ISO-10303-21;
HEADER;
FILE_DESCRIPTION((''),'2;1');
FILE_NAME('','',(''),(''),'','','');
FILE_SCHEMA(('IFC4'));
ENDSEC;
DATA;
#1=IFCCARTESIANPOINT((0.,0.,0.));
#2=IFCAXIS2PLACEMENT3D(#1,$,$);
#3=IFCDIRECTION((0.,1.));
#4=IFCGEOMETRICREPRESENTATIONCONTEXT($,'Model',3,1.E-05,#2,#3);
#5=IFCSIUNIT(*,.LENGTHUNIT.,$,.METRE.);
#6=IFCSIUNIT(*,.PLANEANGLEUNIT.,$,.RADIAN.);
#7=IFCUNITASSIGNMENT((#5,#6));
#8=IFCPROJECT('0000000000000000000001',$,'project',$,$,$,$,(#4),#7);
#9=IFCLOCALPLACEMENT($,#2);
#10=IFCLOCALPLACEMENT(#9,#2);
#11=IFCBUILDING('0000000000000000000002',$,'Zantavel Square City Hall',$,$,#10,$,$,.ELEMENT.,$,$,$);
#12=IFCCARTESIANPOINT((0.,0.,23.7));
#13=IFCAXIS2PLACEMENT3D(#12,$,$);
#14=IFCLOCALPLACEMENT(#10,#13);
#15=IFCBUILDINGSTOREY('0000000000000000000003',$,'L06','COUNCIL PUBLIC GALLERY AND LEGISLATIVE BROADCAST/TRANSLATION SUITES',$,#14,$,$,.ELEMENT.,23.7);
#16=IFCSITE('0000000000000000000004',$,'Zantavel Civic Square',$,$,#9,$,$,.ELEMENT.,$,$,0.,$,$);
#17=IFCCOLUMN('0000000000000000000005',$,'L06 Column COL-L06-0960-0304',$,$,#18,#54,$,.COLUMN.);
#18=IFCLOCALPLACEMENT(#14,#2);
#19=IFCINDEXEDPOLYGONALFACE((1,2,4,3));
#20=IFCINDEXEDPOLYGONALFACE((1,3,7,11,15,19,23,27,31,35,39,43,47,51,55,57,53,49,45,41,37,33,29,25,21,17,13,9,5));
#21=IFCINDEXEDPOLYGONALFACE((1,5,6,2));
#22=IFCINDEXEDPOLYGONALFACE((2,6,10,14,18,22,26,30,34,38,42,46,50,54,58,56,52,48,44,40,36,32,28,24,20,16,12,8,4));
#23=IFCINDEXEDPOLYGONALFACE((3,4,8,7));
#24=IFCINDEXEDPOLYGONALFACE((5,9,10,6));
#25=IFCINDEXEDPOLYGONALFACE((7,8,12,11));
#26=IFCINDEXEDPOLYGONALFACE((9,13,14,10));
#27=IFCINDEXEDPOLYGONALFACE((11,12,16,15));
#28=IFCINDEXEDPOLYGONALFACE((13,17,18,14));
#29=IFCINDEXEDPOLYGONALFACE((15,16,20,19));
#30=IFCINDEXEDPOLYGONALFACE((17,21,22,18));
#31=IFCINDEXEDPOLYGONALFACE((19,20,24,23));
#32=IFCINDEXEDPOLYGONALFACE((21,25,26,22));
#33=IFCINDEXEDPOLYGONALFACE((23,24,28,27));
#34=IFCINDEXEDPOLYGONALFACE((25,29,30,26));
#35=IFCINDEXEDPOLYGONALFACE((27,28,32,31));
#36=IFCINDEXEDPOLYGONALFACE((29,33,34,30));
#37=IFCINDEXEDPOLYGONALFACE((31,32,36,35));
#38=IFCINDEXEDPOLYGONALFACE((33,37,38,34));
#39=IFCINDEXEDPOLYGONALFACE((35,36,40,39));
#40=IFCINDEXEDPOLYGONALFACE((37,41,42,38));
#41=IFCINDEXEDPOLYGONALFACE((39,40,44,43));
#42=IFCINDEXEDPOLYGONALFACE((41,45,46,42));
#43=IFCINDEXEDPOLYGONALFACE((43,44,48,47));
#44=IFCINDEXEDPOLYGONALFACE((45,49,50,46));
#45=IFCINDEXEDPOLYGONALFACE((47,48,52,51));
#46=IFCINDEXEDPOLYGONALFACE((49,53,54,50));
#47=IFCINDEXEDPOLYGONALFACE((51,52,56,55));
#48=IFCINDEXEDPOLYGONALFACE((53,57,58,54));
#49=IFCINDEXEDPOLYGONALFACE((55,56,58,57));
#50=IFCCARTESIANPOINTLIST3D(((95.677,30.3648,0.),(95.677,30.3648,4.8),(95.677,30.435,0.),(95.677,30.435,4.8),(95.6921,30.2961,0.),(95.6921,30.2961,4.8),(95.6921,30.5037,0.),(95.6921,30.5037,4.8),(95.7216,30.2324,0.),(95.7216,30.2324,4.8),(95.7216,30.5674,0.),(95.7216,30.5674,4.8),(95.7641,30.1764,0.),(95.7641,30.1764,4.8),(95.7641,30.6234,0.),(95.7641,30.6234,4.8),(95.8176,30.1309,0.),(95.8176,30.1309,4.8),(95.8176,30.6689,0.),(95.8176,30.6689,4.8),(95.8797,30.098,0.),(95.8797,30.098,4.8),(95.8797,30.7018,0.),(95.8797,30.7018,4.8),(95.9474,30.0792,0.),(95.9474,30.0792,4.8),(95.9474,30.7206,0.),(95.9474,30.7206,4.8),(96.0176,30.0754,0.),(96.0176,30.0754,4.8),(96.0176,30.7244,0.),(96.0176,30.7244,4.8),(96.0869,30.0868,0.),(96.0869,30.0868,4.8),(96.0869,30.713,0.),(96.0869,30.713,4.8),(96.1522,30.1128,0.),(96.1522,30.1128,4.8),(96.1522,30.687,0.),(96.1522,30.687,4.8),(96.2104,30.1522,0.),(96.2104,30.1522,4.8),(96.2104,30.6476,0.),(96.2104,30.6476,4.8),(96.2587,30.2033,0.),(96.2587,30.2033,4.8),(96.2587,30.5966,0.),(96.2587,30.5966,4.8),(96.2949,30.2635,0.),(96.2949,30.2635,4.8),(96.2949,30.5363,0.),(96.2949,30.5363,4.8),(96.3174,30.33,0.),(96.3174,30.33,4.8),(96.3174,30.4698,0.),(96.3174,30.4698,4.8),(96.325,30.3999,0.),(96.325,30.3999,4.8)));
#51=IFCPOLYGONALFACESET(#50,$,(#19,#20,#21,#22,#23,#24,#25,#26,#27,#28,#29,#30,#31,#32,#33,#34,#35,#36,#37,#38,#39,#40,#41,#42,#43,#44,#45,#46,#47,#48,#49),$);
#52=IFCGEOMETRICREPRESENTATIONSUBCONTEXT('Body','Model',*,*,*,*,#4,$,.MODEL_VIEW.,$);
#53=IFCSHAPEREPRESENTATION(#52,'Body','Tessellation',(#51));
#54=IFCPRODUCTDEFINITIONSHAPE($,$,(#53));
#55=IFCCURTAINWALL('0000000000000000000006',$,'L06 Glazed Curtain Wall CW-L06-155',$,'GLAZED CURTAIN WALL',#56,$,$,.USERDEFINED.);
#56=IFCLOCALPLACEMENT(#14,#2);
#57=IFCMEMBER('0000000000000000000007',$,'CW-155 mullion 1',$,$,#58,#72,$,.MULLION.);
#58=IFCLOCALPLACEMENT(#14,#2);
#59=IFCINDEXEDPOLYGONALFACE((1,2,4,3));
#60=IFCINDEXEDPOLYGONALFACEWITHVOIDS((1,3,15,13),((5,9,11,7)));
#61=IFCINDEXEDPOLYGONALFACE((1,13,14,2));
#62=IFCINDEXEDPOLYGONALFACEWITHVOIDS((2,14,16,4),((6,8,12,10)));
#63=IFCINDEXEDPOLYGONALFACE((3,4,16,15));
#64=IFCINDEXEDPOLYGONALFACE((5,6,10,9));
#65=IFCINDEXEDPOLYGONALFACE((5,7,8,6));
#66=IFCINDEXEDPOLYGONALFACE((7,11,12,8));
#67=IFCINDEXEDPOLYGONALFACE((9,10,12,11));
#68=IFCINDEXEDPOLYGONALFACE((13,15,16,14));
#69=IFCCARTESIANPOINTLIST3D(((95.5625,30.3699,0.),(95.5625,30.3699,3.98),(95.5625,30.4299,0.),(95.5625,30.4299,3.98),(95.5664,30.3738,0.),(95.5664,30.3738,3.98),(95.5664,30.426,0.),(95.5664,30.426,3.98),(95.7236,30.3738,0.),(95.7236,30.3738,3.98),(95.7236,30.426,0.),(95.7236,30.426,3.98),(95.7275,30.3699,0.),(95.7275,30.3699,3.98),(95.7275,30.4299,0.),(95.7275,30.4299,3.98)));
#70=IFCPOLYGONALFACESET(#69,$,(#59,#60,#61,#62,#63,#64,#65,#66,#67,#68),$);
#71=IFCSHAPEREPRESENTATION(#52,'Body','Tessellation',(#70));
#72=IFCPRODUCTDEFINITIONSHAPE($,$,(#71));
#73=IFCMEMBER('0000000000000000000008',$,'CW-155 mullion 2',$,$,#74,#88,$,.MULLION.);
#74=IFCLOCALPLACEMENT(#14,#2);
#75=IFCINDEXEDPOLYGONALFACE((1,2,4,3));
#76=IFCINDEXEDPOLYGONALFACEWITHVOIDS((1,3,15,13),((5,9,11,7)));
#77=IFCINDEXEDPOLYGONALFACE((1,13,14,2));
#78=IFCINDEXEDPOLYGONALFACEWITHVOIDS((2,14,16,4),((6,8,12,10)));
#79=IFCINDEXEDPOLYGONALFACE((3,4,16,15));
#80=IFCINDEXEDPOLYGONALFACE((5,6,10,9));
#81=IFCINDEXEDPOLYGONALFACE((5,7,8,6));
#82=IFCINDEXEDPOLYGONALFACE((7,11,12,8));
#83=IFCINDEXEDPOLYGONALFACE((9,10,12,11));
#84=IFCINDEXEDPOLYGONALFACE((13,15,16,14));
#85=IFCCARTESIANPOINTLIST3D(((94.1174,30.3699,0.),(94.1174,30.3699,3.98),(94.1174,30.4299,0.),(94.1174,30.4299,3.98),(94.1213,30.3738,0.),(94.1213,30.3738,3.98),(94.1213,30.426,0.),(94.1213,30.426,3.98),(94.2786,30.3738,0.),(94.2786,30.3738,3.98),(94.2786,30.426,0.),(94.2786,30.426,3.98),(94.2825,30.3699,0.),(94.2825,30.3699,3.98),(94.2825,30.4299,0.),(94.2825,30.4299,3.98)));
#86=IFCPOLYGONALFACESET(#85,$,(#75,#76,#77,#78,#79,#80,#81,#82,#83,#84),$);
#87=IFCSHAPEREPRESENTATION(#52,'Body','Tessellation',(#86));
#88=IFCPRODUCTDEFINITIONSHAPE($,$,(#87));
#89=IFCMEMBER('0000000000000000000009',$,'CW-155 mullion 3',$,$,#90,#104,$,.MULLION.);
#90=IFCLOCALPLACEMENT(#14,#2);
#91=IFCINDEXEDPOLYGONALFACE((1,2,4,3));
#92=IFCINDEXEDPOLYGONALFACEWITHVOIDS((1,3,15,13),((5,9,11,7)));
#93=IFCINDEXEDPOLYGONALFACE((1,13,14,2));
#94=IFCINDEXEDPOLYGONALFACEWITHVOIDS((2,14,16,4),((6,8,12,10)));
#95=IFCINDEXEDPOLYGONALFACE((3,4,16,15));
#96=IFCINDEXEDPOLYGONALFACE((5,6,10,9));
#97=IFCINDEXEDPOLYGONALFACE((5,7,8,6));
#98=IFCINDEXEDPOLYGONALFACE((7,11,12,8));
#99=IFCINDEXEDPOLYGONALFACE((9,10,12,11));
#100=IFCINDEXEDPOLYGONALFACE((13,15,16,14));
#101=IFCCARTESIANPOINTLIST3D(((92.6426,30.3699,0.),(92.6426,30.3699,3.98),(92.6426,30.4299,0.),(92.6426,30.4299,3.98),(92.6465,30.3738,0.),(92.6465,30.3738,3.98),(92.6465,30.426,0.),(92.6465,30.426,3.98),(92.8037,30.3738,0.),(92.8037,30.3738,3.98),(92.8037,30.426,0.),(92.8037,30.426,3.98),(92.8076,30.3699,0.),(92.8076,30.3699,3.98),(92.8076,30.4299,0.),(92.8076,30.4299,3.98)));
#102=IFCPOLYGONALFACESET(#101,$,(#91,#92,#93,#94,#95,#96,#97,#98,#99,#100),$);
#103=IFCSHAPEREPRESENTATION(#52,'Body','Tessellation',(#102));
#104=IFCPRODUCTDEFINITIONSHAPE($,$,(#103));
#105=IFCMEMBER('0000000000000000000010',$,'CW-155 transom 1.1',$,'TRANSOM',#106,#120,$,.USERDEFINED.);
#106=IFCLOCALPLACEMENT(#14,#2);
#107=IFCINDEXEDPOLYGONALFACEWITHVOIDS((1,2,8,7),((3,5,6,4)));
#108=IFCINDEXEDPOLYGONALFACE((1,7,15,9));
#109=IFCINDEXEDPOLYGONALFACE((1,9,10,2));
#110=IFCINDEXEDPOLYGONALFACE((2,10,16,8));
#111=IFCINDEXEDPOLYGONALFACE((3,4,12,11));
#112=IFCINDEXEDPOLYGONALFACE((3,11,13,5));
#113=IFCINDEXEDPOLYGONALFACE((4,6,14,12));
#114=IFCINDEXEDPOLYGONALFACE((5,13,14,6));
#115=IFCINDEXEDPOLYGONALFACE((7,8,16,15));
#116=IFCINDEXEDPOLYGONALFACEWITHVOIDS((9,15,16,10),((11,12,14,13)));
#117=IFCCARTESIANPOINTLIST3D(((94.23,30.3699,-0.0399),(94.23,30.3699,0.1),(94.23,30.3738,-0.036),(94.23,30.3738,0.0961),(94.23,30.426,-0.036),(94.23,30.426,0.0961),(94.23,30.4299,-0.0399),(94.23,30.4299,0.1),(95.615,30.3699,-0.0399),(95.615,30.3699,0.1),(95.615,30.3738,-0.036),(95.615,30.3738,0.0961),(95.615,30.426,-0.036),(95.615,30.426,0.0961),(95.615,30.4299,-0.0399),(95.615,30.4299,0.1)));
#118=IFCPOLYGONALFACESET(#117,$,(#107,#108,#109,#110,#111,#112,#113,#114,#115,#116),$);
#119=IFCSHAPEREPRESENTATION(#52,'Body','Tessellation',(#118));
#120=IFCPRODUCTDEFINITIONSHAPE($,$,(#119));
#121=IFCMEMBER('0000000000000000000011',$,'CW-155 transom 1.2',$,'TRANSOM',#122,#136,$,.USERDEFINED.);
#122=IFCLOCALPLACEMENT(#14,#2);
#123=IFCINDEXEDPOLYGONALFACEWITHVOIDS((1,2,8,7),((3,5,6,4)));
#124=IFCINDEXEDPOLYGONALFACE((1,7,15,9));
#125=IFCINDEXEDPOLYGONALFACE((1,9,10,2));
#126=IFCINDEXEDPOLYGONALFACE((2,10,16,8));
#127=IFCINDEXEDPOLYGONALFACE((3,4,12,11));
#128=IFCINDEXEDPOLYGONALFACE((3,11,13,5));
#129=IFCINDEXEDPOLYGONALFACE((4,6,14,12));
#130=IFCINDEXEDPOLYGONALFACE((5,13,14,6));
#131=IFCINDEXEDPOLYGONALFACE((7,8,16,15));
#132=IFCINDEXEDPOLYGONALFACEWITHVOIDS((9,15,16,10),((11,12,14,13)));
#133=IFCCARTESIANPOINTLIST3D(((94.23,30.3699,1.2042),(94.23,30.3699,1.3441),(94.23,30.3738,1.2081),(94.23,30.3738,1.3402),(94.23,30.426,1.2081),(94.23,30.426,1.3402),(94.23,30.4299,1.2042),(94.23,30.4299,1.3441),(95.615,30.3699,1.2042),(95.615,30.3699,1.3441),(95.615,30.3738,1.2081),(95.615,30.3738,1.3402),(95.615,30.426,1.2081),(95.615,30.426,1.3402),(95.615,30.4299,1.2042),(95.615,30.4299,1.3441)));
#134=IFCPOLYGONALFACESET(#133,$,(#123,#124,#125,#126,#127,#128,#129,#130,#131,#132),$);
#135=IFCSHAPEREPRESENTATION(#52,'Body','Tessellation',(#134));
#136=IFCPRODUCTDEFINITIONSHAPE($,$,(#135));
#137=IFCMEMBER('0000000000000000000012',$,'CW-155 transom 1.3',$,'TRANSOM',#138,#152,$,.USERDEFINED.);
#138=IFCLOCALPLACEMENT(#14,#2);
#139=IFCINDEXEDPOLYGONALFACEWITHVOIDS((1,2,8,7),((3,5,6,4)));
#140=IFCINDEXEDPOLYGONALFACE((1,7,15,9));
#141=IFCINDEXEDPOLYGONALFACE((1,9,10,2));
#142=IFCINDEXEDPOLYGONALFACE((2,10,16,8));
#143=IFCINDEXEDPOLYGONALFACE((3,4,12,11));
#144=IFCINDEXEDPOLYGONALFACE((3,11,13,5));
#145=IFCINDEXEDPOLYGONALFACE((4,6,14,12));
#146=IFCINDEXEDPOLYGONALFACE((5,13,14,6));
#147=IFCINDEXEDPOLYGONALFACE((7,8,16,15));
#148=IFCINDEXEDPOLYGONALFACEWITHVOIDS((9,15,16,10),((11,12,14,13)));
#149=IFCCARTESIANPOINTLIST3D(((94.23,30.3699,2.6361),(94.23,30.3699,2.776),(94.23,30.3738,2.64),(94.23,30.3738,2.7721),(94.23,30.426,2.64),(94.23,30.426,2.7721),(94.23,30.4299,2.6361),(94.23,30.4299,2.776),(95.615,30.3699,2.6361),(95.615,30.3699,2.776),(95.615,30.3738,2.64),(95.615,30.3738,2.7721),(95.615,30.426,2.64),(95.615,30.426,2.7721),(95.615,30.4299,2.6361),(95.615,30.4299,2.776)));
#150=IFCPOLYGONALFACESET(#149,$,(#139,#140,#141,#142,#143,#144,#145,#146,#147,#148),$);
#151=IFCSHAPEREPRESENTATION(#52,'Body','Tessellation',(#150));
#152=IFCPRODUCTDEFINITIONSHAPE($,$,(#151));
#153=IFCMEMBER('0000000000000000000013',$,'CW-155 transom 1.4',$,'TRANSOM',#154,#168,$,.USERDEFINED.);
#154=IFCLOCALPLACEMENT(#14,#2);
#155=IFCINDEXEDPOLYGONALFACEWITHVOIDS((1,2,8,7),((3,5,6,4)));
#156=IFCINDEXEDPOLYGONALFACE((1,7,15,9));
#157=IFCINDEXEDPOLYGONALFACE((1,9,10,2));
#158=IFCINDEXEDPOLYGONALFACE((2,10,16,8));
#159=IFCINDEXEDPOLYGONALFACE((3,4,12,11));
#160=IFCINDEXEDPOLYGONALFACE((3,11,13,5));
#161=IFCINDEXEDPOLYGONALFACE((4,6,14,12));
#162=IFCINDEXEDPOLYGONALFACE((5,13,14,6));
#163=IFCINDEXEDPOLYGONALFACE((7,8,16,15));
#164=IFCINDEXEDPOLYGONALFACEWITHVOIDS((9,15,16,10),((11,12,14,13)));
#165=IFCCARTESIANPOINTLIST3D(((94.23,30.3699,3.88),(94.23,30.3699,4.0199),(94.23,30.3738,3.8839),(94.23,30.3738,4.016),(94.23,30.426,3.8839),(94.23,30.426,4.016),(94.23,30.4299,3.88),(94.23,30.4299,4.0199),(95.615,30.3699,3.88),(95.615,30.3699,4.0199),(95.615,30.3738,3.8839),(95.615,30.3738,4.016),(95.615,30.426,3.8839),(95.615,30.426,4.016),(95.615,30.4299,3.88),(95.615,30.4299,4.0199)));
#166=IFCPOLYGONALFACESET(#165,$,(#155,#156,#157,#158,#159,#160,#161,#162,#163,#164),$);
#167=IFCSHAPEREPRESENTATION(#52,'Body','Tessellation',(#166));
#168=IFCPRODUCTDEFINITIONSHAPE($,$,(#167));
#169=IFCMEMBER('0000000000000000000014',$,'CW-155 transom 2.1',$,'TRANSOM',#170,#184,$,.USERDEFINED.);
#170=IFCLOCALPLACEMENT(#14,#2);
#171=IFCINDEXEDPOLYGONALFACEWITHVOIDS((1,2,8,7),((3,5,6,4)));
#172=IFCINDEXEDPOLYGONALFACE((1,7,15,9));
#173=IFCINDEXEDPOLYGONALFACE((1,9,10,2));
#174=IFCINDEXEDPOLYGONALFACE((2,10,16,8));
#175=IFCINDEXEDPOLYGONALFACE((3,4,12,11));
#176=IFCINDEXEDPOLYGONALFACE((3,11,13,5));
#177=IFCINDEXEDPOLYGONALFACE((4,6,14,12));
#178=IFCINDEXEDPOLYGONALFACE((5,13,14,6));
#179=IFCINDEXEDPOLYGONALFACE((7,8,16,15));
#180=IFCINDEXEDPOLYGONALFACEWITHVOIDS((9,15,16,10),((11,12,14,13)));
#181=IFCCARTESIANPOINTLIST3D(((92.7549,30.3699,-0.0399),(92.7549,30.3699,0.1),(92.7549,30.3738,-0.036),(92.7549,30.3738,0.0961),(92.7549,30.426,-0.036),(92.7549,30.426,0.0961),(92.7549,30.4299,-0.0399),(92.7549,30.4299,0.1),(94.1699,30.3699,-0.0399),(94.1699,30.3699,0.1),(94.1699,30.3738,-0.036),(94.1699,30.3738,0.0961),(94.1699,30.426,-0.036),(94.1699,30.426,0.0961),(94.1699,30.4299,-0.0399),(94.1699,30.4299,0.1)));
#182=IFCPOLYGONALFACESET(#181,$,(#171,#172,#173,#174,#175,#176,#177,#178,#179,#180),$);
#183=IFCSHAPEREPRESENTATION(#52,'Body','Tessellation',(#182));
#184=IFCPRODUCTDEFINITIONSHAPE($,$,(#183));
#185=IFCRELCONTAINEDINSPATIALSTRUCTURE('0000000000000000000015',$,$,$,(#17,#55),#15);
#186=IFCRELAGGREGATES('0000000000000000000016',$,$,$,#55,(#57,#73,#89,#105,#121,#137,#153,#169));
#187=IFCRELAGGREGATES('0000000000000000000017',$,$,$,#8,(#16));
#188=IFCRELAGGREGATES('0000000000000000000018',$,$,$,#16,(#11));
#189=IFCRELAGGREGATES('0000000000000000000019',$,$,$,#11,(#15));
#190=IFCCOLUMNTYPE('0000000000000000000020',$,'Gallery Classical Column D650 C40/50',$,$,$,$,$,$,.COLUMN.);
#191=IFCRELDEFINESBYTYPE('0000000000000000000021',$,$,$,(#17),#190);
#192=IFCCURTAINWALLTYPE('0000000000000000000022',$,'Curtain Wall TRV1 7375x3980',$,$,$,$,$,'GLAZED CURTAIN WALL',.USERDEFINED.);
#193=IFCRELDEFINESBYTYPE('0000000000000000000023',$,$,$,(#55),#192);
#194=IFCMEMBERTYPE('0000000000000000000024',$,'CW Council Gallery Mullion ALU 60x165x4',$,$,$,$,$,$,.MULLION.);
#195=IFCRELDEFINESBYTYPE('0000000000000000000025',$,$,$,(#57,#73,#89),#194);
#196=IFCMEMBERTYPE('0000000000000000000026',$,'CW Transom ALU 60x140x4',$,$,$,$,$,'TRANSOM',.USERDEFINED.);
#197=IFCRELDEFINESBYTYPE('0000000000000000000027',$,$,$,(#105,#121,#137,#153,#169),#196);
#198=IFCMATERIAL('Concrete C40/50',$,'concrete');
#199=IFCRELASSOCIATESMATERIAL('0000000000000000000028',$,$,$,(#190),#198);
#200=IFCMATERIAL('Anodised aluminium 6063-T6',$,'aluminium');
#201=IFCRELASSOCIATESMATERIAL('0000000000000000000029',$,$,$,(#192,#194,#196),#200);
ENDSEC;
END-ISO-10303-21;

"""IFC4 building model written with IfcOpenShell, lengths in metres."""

from ifc_helpers import new_model, si_unit, direction, frame, origin, origin_2d, place, context, subcontext, project, spatial, hollow_rectangle, circle, extrude, material, material_profile, profile_set, type_object, element, aggregate, save


model = new_model("IFC4")

# Units and contexts
model_context = context("Model", 3, precision=1e-05, world=origin(), true_north=direction((0.0, 1.0)))
body_context = subcontext(model_context, "Body", "Model", "MODEL_VIEW")
ifc_project = project(units=[si_unit("LENGTHUNIT", "METRE"), si_unit("PLANEANGLEUNIT", "RADIAN")], contexts=[model_context])

# Site, building, storey
site_placement = place(None, origin())
site = spatial("IfcSite", under=ifc_project, at=site_placement, Name="Zantavel Civic Square", CompositionType="ELEMENT", RefElevation=0.0)
building_placement = place(site_placement, origin())
building = spatial("IfcBuilding", under=site, at=building_placement, Name="Zantavel Square City Hall", CompositionType="ELEMENT")
storey_placement = place(building_placement, frame((0.0, 0.0, 23.7)))
storey = spatial("IfcBuildingStorey", under=building, at=storey_placement, Name="L06", Description="COUNCIL PUBLIC GALLERY AND LEGISLATIVE BROADCAST/TRANSLATION SUITES", CompositionType="ELEMENT", Elevation=23.7)

# Column
ifc_material_1 = material(Name="Concrete C40/50", Category="concrete")
ifc_material_profile_1 = material_profile(ifc_material_1, circle(Radius=0.325, at=origin_2d()), Name="ROUND D650")
ifc_profile_set_1 = profile_set([ifc_material_profile_1], Name="Concrete C40/50")
column_type = type_object("IfcColumnType", Name="Gallery Classical Column D650 C40/50", PredefinedType="COLUMN", material=ifc_profile_set_1)
column_placement = place(storey_placement, frame((96.0, 30.3999, 0.0), z_axis=(0.0, 0.0, 1.0), x_axis=(1.0, 0.0, 0.0)))
element("IfcColumn", 1, at=column_placement, inside=storey, type_object=column_type, Name="L06 Column COL-L06-0960-0304", PredefinedType="COLUMN", context=body_context, shape_type="SweptSolid", body=[
    extrude(circle(Radius=0.325, at=origin_2d()), origin(), (0.0, 0.0, 1.0), 4.8),
])

# Curtain wall, members
ifc_material_2 = material(Name="Anodised aluminium 6063-T6", Category="aluminium")
curtain_wall_type = type_object("IfcCurtainWallType", Name="Curtain Wall TRV1 7375x3980", ElementType="GLAZED CURTAIN WALL", PredefinedType="USERDEFINED", material=ifc_material_2)
curtain_wall_placement = place(storey_placement, origin())
curtain_wall = element("IfcCurtainWall", 2, at=curtain_wall_placement, inside=storey, type_object=curtain_wall_type, Name="L06 Glazed Curtain Wall CW-L06-155", ObjectType="GLAZED CURTAIN WALL", PredefinedType="USERDEFINED")
ifc_material_profile_2 = material_profile(ifc_material_2, hollow_rectangle(XDim=0.0601, YDim=0.165, WallThickness=0.0039, at=origin_2d()), Name="ALU 60x165x4")
ifc_profile_set_2 = profile_set([ifc_material_profile_2], Name="Anodised aluminium 6063-T6")
member_type_1 = type_object("IfcMemberType", Name="CW Council Gallery Mullion ALU 60x165x4", PredefinedType="MULLION", material=ifc_profile_set_2)
member_1_placement = place(storey_placement, frame((95.645, 30.3999, 0.0), z_axis=(0.0, 0.0, 1.0), x_axis=(0.0, -1.0, 0.0)))
member_1 = element("IfcMember", 3, at=member_1_placement, type_object=member_type_1, Name="CW-155 mullion 1", PredefinedType="MULLION", context=body_context, shape_type="SweptSolid", body=[
    extrude(hollow_rectangle(XDim=0.0601, YDim=0.165, WallThickness=0.0039, at=origin_2d()), origin(), (0.0, 0.0, 1.0), 3.98),
])
member_2_placement = place(storey_placement, frame((94.2, 30.3999, 0.0), z_axis=(0.0, 0.0, 1.0), x_axis=(0.0, -1.0, 0.0)))
member_2 = element("IfcMember", 4, at=member_2_placement, type_object=member_type_1, Name="CW-155 mullion 2", PredefinedType="MULLION", context=body_context, shape_type="SweptSolid", body=[
    extrude(hollow_rectangle(XDim=0.0601, YDim=0.165, WallThickness=0.0039, at=origin_2d()), origin(), (0.0, 0.0, 1.0), 3.98),
])
member_3_placement = place(storey_placement, frame((92.7251, 30.3999, 0.0), z_axis=(0.0, 0.0, 1.0), x_axis=(0.0, -1.0, 0.0)))
member_3 = element("IfcMember", 5, at=member_3_placement, type_object=member_type_1, Name="CW-155 mullion 3", PredefinedType="MULLION", context=body_context, shape_type="SweptSolid", body=[
    extrude(hollow_rectangle(XDim=0.0601, YDim=0.165, WallThickness=0.0039, at=origin_2d()), origin(), (0.0, 0.0, 1.0), 3.98),
])
ifc_material_profile_3 = material_profile(ifc_material_2, hollow_rectangle(XDim=0.0601, YDim=0.1399, WallThickness=0.0039, at=origin_2d()), Name="ALU 60x140x4")
ifc_profile_set_3 = profile_set([ifc_material_profile_3], Name="Anodised aluminium 6063-T6")
member_type_2 = type_object("IfcMemberType", Name="CW Transom ALU 60x140x4", ElementType="TRANSOM", PredefinedType="USERDEFINED", material=ifc_profile_set_3)
member_4_placement = place(storey_placement, frame((95.615, 30.3999, 0.03), z_axis=(-1.0, 0.0, 0.0), x_axis=(0.0, -1.0, 0.0)))
member_4 = element("IfcMember", 6, at=member_4_placement, type_object=member_type_2, Name="CW-155 transom 1.1", ObjectType="TRANSOM", PredefinedType="USERDEFINED", context=body_context, shape_type="SweptSolid", body=[
    extrude(hollow_rectangle(XDim=0.0601, YDim=0.1399, WallThickness=0.0039, at=origin_2d()), origin(), (0.0, 0.0, 1.0), 1.385),
])
member_5_placement = place(storey_placement, frame((95.615, 30.3999, 1.2742), z_axis=(-1.0, 0.0, 0.0), x_axis=(0.0, -1.0, 0.0)))
member_5 = element("IfcMember", 7, at=member_5_placement, type_object=member_type_2, Name="CW-155 transom 1.2", ObjectType="TRANSOM", PredefinedType="USERDEFINED", context=body_context, shape_type="SweptSolid", body=[
    extrude(hollow_rectangle(XDim=0.0601, YDim=0.1399, WallThickness=0.0039, at=origin_2d()), origin(), (0.0, 0.0, 1.0), 1.385),
])
member_6_placement = place(storey_placement, frame((95.615, 30.3999, 2.7061), z_axis=(-1.0, 0.0, 0.0), x_axis=(0.0, -1.0, 0.0)))
member_6 = element("IfcMember", 8, at=member_6_placement, type_object=member_type_2, Name="CW-155 transom 1.3", ObjectType="TRANSOM", PredefinedType="USERDEFINED", context=body_context, shape_type="SweptSolid", body=[
    extrude(hollow_rectangle(XDim=0.0601, YDim=0.1399, WallThickness=0.0039, at=origin_2d()), origin(), (0.0, 0.0, 1.0), 1.385),
])
member_7_placement = place(storey_placement, frame((95.615, 30.3999, 3.95), z_axis=(-1.0, 0.0, 0.0), x_axis=(0.0, -1.0, 0.0)))
member_7 = element("IfcMember", 9, at=member_7_placement, type_object=member_type_2, Name="CW-155 transom 1.4", ObjectType="TRANSOM", PredefinedType="USERDEFINED", context=body_context, shape_type="SweptSolid", body=[
    extrude(hollow_rectangle(XDim=0.0601, YDim=0.1399, WallThickness=0.0039, at=origin_2d()), origin(), (0.0, 0.0, 1.0), 1.385),
])
member_8_placement = place(storey_placement, frame((94.1699, 30.3999, 0.03), z_axis=(-1.0, 0.0, 0.0), x_axis=(0.0, -1.0, 0.0)))
member_8 = element("IfcMember", 10, at=member_8_placement, type_object=member_type_2, Name="CW-155 transom 2.1", ObjectType="TRANSOM", PredefinedType="USERDEFINED", context=body_context, shape_type="SweptSolid", body=[
    extrude(hollow_rectangle(XDim=0.0601, YDim=0.1399, WallThickness=0.0039, at=origin_2d()), origin(), (0.0, 0.0, 1.0), 1.415),
])

aggregate(curtain_wall, [member_1, member_2, member_3, member_4, member_5, member_6, member_7, member_8])

save(model, "model.ifc")
